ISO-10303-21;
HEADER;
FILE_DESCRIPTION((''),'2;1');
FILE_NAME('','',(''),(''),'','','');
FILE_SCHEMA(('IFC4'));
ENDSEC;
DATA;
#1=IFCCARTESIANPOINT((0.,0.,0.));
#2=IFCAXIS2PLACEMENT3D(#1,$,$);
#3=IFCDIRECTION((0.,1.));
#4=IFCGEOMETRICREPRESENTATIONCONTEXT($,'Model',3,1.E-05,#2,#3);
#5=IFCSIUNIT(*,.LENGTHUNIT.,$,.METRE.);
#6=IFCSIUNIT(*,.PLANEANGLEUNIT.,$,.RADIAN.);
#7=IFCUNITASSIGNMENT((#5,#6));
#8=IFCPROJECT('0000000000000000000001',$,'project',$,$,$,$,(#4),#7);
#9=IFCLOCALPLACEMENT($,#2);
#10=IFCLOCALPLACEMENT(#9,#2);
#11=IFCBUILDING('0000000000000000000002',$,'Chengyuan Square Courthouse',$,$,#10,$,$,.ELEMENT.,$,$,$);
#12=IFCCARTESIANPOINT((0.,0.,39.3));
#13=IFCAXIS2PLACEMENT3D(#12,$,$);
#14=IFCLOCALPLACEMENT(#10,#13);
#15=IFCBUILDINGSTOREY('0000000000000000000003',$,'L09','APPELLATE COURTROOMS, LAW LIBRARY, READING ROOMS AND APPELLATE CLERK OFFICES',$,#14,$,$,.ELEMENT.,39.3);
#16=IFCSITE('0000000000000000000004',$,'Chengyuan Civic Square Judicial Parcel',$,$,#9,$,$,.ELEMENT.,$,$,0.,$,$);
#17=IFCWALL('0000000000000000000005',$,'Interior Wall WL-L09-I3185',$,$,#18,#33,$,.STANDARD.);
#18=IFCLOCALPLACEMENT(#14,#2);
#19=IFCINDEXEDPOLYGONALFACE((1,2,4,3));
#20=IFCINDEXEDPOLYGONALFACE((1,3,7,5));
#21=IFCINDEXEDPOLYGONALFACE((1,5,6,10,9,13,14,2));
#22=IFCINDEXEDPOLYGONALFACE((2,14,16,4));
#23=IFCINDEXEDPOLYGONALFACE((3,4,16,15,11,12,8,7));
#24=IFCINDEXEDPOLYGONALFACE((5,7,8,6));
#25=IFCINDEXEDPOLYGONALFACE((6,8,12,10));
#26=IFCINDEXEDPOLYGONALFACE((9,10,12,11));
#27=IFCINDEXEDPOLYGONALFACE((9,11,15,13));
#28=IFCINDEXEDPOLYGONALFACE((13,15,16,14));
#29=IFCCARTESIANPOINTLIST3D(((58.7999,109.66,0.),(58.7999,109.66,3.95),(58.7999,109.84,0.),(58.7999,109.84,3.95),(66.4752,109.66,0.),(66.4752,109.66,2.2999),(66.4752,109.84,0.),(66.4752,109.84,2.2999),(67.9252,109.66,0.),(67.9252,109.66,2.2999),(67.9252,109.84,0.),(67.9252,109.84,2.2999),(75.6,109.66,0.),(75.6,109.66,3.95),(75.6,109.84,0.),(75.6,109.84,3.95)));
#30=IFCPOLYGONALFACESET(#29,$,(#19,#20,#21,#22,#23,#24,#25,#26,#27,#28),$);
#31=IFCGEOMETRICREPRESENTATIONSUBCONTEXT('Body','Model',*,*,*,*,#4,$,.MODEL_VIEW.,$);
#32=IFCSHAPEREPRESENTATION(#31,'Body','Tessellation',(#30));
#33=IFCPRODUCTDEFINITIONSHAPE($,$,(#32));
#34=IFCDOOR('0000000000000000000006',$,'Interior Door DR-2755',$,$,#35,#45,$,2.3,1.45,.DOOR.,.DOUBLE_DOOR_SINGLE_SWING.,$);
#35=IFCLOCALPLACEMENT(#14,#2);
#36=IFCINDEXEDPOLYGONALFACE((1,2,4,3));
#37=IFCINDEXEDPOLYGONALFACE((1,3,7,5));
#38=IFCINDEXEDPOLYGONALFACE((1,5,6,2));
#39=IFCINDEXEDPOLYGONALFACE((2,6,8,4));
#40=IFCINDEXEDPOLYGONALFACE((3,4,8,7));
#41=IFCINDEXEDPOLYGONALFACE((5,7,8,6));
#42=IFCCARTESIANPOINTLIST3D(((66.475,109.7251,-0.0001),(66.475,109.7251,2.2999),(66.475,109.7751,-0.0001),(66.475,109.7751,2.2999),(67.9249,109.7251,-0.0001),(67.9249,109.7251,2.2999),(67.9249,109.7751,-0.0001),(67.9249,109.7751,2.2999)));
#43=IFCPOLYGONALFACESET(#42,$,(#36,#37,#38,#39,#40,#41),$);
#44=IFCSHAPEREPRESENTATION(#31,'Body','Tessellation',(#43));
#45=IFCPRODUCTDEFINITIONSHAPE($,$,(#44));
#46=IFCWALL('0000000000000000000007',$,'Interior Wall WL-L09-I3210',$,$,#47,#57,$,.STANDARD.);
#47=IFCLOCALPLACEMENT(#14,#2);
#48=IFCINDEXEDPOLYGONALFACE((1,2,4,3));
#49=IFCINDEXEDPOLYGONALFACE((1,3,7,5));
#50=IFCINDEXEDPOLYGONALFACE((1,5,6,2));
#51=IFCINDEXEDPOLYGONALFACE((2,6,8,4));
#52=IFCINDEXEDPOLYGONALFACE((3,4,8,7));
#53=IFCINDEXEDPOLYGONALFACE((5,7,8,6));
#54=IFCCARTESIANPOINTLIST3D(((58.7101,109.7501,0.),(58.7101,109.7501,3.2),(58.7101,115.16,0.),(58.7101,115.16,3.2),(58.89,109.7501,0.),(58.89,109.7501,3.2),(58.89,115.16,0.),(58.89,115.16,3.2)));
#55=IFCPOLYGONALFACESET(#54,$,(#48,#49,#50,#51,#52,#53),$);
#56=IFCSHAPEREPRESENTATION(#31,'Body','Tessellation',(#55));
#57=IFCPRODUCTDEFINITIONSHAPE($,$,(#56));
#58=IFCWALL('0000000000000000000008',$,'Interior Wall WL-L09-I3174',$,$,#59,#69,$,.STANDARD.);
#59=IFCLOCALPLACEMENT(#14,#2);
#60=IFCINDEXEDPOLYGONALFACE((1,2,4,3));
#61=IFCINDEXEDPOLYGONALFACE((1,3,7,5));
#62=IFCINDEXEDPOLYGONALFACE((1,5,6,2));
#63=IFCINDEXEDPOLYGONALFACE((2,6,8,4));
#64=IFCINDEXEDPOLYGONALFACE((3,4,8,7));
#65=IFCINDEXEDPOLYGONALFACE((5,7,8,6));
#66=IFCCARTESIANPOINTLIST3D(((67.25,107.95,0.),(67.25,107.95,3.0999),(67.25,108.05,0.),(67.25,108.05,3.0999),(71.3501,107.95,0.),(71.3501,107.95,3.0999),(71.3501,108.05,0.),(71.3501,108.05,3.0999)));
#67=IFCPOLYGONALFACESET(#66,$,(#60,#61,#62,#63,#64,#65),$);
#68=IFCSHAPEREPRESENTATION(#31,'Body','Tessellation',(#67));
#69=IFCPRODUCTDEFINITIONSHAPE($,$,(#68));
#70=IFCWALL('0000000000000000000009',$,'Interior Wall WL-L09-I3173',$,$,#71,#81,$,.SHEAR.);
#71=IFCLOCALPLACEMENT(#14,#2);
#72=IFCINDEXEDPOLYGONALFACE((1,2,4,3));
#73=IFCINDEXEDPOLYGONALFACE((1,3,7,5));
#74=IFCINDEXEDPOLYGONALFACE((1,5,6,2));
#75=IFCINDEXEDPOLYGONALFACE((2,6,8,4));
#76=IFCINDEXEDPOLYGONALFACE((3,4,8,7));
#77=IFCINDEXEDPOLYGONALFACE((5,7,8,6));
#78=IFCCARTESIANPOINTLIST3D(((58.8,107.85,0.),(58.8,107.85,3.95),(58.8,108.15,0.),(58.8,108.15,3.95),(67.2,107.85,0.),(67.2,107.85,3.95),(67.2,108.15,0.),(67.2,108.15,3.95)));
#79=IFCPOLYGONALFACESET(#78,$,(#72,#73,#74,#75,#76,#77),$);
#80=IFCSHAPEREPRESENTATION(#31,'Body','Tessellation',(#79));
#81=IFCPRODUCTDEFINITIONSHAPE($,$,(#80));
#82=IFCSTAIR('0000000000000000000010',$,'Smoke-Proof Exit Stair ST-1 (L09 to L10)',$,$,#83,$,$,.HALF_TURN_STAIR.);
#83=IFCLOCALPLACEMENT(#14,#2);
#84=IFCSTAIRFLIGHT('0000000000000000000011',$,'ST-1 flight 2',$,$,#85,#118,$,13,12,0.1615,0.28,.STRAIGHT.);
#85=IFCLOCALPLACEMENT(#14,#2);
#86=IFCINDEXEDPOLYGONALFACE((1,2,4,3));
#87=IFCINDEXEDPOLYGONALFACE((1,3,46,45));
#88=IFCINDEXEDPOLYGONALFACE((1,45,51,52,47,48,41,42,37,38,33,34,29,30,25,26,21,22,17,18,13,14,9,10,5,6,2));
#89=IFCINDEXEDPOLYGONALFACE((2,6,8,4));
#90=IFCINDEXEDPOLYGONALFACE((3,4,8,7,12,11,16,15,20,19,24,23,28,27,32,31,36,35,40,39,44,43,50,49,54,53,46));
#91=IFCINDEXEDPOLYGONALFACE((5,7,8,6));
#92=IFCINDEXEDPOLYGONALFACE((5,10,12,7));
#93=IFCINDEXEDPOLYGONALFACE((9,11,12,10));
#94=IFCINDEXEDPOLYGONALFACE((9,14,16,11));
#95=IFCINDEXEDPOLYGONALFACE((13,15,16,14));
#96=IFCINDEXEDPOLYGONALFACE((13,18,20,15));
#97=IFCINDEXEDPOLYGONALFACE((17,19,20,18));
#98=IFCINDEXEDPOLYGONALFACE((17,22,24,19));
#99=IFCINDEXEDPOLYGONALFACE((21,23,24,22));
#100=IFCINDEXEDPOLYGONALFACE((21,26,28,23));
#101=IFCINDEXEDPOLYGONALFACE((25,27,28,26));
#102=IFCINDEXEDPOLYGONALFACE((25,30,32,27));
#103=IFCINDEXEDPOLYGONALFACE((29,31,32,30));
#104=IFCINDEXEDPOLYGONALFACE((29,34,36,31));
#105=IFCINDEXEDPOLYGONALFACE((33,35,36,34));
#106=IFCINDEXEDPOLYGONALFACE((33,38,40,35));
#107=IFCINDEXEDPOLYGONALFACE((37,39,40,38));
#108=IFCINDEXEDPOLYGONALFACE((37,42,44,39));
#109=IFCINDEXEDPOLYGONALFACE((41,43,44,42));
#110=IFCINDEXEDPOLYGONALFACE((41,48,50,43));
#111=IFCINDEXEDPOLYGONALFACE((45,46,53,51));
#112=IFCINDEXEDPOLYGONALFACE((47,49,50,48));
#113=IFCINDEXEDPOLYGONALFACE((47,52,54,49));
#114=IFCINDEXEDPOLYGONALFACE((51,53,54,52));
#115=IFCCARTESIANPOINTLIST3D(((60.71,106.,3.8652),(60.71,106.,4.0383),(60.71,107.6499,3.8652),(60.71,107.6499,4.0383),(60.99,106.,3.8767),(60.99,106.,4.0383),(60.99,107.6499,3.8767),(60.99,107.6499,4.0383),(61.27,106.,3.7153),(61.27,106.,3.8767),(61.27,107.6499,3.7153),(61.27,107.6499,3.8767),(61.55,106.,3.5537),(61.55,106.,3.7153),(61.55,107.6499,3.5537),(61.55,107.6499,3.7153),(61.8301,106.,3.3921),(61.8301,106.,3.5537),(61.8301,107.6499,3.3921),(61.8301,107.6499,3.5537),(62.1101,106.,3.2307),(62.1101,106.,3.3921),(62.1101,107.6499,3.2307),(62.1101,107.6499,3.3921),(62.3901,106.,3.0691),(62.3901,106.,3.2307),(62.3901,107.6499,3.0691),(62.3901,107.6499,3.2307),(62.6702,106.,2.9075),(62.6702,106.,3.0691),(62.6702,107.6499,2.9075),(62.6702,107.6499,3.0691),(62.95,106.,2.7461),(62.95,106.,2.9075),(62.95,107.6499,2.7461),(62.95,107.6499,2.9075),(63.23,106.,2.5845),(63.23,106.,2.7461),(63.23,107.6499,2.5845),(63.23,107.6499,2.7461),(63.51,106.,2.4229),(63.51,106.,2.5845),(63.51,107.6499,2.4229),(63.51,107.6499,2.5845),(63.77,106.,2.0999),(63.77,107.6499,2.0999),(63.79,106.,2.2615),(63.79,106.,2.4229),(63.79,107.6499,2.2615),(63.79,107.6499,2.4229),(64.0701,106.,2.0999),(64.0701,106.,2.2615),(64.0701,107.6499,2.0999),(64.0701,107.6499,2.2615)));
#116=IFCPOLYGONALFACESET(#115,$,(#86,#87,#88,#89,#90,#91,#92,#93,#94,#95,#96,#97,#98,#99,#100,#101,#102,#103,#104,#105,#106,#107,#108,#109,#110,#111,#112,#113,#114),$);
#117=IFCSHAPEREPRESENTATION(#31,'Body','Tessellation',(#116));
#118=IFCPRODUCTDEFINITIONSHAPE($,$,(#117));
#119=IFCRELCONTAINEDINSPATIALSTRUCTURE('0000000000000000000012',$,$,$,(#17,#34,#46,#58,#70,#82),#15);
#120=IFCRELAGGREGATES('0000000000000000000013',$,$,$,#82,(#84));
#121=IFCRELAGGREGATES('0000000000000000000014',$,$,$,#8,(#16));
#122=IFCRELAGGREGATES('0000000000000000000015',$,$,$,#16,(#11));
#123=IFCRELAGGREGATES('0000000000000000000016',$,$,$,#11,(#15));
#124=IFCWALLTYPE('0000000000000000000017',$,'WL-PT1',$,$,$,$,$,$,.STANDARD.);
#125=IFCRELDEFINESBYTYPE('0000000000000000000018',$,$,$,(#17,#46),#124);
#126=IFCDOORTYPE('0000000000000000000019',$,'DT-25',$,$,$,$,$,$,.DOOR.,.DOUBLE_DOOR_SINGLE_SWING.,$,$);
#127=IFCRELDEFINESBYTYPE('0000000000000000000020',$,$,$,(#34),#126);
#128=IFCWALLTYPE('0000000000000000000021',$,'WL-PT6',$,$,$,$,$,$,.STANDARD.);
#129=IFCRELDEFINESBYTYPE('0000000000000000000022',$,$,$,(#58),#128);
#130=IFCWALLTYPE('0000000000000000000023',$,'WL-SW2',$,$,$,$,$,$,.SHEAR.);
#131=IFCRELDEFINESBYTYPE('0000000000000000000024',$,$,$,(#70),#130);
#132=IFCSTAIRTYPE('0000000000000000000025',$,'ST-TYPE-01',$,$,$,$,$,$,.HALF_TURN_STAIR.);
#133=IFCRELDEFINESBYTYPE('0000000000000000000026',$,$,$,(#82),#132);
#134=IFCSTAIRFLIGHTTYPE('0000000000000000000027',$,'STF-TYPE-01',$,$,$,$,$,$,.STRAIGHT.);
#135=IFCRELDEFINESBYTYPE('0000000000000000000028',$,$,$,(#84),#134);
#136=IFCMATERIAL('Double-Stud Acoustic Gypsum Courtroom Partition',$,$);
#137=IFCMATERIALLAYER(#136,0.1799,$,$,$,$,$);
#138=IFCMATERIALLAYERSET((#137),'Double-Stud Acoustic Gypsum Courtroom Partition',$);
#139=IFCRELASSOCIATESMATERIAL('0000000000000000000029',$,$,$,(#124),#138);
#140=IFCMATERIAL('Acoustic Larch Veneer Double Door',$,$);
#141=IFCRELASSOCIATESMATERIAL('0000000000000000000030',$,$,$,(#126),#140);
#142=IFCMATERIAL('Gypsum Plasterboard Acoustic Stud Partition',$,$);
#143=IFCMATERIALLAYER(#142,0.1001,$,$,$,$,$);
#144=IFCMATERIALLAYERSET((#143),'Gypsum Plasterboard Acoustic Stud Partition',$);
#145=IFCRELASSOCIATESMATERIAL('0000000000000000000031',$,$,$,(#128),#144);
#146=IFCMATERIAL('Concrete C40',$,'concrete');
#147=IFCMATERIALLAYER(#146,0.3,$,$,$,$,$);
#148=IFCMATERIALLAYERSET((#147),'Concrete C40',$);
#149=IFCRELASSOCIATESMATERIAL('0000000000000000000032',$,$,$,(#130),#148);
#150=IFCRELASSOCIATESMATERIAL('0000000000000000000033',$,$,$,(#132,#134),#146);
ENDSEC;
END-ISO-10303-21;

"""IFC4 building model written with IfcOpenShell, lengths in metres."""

from ifc_helpers import new_model, si_unit, direction, frame, frame_2d, origin, place, context, subcontext, project, spatial, polyline, rectangle, outline, extrude, material, layer, layer_set, type_object, element, fill, aggregate, save


model = new_model("IFC4")

# Units and contexts
model_context = context("Model", 3, precision=1e-05, world=origin(), true_north=direction((0.0, 1.0)))
body_context = subcontext(model_context, "Body", "Model", "MODEL_VIEW")
ifc_project = project(units=[si_unit("LENGTHUNIT", "METRE"), si_unit("PLANEANGLEUNIT", "RADIAN")], contexts=[model_context])

# Site, building, storey
site_placement = place(None, origin())
site = spatial("IfcSite", under=ifc_project, at=site_placement, Name="Chengyuan Civic Square Judicial Parcel", CompositionType="ELEMENT", RefElevation=0.0)
building_placement = place(site_placement, origin())
building = spatial("IfcBuilding", under=site, at=building_placement, Name="Chengyuan Square Courthouse", CompositionType="ELEMENT")
storey_placement = place(building_placement, frame((0.0, 0.0, 39.3)))
storey = spatial("IfcBuildingStorey", under=building, at=storey_placement, Name="L09", Description="APPELLATE COURTROOMS, LAW LIBRARY, READING ROOMS AND APPELLATE CLERK OFFICES", CompositionType="ELEMENT", Elevation=39.3)

# Shared definitions
ifc_material_1 = material(Name="Concrete C40", Category="concrete")

# Wall, opening, door
ifc_material_2 = material(Name="Double-Stud Acoustic Gypsum Courtroom Partition")
ifc_layer_1 = layer(ifc_material_2, 0.1799)
ifc_layer_set_1 = layer_set([ifc_layer_1], Name="Double-Stud Acoustic Gypsum Courtroom Partition")
wall_type_1 = type_object("IfcWallType", Name="WL-PT1", PredefinedType="STANDARD", material=ifc_layer_set_1)
wall_1_placement = place(storey_placement, frame((58.8, 109.75, 0.0), z_axis=(0.0, 0.0, 1.0), x_axis=(1.0, 0.0, 0.0)))
wall_1 = element("IfcWall", 1, at=wall_1_placement, inside=storey, type_object=wall_type_1, Name="Interior Wall WL-L09-I3185", PredefinedType="STANDARD", context=body_context, shape_type="SweptSolid", body=[
    extrude(rectangle(XDim=16.8, YDim=0.1799, at=frame_2d((8.3999, 0.0))), origin(), (0.0, 0.0, 1.0), 3.95),
])
opening_placement = place(wall_1_placement, frame((7.675, 0.0, 0.0)))
opening = element("IfcOpeningElement", 2, at=opening_placement, cuts=wall_1, PredefinedType="OPENING", context=body_context, shape_type="SweptSolid", body=[
    extrude(rectangle(XDim=1.45, YDim=2.3, at=frame_2d((0.7251, 1.1499))), frame((0.0, 0.1021, 0.0), z_axis=(0.0, -1.0, 0.0), x_axis=(1.0, 0.0, 0.0)), (0.0, 0.0, 1.0), 0.2039),
])
ifc_material_3 = material(Name="Acoustic Larch Veneer Double Door")
door_type = type_object("IfcDoorType", Name="DT-25", OperationType="DOUBLE_DOOR_SINGLE_SWING", PredefinedType="DOOR", material=ifc_material_3)
door_placement = place(opening_placement, frame((1.45, 0.0, 0.0), z_axis=(0.0, 0.0, 1.0), x_axis=(-1.0, 0.0, 0.0)))
door = element("IfcDoor", 3, at=door_placement, inside=storey, type_object=door_type, Name="Interior Door DR-2755", OperationType="DOUBLE_DOOR_SINGLE_SWING", OverallHeight=2.3, OverallWidth=1.45, PredefinedType="DOOR", context=body_context, shape_type="SweptSolid", body=[
    extrude(rectangle(XDim=1.45, YDim=2.3, at=frame_2d((0.7251, 1.1499))), frame((0.0, 0.0249, 0.0), z_axis=(0.0, -1.0, 0.0), x_axis=(1.0, 0.0, 0.0)), (0.0, 0.0, 1.0), 0.05),
])
fill(opening, door)

# Walls
wall_2_placement = place(storey_placement, frame((58.8, 109.75, 0.0), z_axis=(0.0, 0.0, 1.0), x_axis=(0.0, 1.0, 0.0)))
element("IfcWall", 4, at=wall_2_placement, inside=storey, type_object=wall_type_1, Name="Interior Wall WL-L09-I3210", PredefinedType="STANDARD", context=body_context, shape_type="SweptSolid", body=[
    extrude(rectangle(XDim=5.4099, YDim=0.1799, at=frame_2d((2.7051, 0.0))), origin(), (0.0, 0.0, 1.0), 3.2),
])
ifc_material_4 = material(Name="Gypsum Plasterboard Acoustic Stud Partition")
ifc_layer_2 = layer(ifc_material_4, 0.1001)
ifc_layer_set_2 = layer_set([ifc_layer_2], Name="Gypsum Plasterboard Acoustic Stud Partition")
wall_type_2 = type_object("IfcWallType", Name="WL-PT6", PredefinedType="STANDARD", material=ifc_layer_set_2)
wall_3_placement = place(storey_placement, frame((67.25, 108.0, 0.0), z_axis=(0.0, 0.0, 1.0), x_axis=(1.0, 0.0, 0.0)))
element("IfcWall", 5, at=wall_3_placement, inside=storey, type_object=wall_type_2, Name="Interior Wall WL-L09-I3174", PredefinedType="STANDARD", context=body_context, shape_type="SweptSolid", body=[
    extrude(rectangle(XDim=4.1001, YDim=0.1001, at=frame_2d((2.05, 0.0))), origin(), (0.0, 0.0, 1.0), 3.0999),
])
ifc_layer_3 = layer(ifc_material_1, 0.3)
ifc_layer_set_3 = layer_set([ifc_layer_3], Name="Concrete C40")
wall_type_3 = type_object("IfcWallType", Name="WL-SW2", PredefinedType="SHEAR", material=ifc_layer_set_3)
wall_4_placement = place(storey_placement, frame((58.8, 108.0, 0.0), z_axis=(0.0, 0.0, 1.0), x_axis=(1.0, 0.0, 0.0)))
element("IfcWall", 6, at=wall_4_placement, inside=storey, type_object=wall_type_3, Name="Interior Wall WL-L09-I3173", PredefinedType="SHEAR", context=body_context, shape_type="SweptSolid", body=[
    extrude(rectangle(XDim=8.3999, YDim=0.3, at=frame_2d((4.2, 0.0))), origin(), (0.0, 0.0, 1.0), 3.95),
])

# Stair, stair flight
stair_type = type_object("IfcStairType", Name="ST-TYPE-01", PredefinedType="HALF_TURN_STAIR", material=ifc_material_1)
stair_placement = place(storey_placement, origin())
stair = element("IfcStair", 7, at=stair_placement, inside=storey, type_object=stair_type, Name="Smoke-Proof Exit Stair ST-1 (L09 to L10)", PredefinedType="HALF_TURN_STAIR")
stair_flight_type = type_object("IfcStairFlightType", Name="STF-TYPE-01", PredefinedType="STRAIGHT", material=ifc_material_1)
stair_flight_placement = place(storey_placement, frame((64.0701, 106.825, 2.0999), z_axis=(0.0, 0.0, 1.0), x_axis=(-1.0, 0.0, 0.0)))
stair_flight = element("IfcStairFlight", 8, at=stair_flight_placement, type_object=stair_flight_type, Name="ST-1 flight 2", NumberOfRisers=13, NumberOfTreads=12, PredefinedType="STRAIGHT", RiserHeight=0.1615, TreadLength=0.28, context=body_context, shape_type="SweptSolid", body=[
    extrude(outline(polyline([(0.0, 0.0), (0.0, 0.1616), (0.28, 0.1616), (0.28, 0.323), (0.5601, 0.323), (0.5601, 0.4846), (0.8401, 0.4846), (0.8401, 0.6462), (1.1201, 0.6462), (1.1201, 0.8076), (1.3999, 0.8076), (1.3999, 0.9692), (1.6799, 0.9692), (1.6799, 1.1309), (1.96, 1.1309), (1.96, 1.2922), (2.24, 1.2922), (2.24, 1.4539), (2.52, 1.4539), (2.52, 1.6155), (2.8, 1.6155), (2.8, 1.7769), (3.0801, 1.7769), (3.0801, 1.9385), (3.3601, 1.9385), (3.3601, 2.1001), (3.3601, 1.7654), (0.3, 0.0), (0.0, 0.0)])), frame((0.0, 0.825, 0.0), z_axis=(0.0, -1.0, 0.0), x_axis=(1.0, 0.0, 0.0)), (0.0, 0.0, 1.0), 1.6499),
])
aggregate(stair, [stair_flight])

save(model, "model.ifc")
